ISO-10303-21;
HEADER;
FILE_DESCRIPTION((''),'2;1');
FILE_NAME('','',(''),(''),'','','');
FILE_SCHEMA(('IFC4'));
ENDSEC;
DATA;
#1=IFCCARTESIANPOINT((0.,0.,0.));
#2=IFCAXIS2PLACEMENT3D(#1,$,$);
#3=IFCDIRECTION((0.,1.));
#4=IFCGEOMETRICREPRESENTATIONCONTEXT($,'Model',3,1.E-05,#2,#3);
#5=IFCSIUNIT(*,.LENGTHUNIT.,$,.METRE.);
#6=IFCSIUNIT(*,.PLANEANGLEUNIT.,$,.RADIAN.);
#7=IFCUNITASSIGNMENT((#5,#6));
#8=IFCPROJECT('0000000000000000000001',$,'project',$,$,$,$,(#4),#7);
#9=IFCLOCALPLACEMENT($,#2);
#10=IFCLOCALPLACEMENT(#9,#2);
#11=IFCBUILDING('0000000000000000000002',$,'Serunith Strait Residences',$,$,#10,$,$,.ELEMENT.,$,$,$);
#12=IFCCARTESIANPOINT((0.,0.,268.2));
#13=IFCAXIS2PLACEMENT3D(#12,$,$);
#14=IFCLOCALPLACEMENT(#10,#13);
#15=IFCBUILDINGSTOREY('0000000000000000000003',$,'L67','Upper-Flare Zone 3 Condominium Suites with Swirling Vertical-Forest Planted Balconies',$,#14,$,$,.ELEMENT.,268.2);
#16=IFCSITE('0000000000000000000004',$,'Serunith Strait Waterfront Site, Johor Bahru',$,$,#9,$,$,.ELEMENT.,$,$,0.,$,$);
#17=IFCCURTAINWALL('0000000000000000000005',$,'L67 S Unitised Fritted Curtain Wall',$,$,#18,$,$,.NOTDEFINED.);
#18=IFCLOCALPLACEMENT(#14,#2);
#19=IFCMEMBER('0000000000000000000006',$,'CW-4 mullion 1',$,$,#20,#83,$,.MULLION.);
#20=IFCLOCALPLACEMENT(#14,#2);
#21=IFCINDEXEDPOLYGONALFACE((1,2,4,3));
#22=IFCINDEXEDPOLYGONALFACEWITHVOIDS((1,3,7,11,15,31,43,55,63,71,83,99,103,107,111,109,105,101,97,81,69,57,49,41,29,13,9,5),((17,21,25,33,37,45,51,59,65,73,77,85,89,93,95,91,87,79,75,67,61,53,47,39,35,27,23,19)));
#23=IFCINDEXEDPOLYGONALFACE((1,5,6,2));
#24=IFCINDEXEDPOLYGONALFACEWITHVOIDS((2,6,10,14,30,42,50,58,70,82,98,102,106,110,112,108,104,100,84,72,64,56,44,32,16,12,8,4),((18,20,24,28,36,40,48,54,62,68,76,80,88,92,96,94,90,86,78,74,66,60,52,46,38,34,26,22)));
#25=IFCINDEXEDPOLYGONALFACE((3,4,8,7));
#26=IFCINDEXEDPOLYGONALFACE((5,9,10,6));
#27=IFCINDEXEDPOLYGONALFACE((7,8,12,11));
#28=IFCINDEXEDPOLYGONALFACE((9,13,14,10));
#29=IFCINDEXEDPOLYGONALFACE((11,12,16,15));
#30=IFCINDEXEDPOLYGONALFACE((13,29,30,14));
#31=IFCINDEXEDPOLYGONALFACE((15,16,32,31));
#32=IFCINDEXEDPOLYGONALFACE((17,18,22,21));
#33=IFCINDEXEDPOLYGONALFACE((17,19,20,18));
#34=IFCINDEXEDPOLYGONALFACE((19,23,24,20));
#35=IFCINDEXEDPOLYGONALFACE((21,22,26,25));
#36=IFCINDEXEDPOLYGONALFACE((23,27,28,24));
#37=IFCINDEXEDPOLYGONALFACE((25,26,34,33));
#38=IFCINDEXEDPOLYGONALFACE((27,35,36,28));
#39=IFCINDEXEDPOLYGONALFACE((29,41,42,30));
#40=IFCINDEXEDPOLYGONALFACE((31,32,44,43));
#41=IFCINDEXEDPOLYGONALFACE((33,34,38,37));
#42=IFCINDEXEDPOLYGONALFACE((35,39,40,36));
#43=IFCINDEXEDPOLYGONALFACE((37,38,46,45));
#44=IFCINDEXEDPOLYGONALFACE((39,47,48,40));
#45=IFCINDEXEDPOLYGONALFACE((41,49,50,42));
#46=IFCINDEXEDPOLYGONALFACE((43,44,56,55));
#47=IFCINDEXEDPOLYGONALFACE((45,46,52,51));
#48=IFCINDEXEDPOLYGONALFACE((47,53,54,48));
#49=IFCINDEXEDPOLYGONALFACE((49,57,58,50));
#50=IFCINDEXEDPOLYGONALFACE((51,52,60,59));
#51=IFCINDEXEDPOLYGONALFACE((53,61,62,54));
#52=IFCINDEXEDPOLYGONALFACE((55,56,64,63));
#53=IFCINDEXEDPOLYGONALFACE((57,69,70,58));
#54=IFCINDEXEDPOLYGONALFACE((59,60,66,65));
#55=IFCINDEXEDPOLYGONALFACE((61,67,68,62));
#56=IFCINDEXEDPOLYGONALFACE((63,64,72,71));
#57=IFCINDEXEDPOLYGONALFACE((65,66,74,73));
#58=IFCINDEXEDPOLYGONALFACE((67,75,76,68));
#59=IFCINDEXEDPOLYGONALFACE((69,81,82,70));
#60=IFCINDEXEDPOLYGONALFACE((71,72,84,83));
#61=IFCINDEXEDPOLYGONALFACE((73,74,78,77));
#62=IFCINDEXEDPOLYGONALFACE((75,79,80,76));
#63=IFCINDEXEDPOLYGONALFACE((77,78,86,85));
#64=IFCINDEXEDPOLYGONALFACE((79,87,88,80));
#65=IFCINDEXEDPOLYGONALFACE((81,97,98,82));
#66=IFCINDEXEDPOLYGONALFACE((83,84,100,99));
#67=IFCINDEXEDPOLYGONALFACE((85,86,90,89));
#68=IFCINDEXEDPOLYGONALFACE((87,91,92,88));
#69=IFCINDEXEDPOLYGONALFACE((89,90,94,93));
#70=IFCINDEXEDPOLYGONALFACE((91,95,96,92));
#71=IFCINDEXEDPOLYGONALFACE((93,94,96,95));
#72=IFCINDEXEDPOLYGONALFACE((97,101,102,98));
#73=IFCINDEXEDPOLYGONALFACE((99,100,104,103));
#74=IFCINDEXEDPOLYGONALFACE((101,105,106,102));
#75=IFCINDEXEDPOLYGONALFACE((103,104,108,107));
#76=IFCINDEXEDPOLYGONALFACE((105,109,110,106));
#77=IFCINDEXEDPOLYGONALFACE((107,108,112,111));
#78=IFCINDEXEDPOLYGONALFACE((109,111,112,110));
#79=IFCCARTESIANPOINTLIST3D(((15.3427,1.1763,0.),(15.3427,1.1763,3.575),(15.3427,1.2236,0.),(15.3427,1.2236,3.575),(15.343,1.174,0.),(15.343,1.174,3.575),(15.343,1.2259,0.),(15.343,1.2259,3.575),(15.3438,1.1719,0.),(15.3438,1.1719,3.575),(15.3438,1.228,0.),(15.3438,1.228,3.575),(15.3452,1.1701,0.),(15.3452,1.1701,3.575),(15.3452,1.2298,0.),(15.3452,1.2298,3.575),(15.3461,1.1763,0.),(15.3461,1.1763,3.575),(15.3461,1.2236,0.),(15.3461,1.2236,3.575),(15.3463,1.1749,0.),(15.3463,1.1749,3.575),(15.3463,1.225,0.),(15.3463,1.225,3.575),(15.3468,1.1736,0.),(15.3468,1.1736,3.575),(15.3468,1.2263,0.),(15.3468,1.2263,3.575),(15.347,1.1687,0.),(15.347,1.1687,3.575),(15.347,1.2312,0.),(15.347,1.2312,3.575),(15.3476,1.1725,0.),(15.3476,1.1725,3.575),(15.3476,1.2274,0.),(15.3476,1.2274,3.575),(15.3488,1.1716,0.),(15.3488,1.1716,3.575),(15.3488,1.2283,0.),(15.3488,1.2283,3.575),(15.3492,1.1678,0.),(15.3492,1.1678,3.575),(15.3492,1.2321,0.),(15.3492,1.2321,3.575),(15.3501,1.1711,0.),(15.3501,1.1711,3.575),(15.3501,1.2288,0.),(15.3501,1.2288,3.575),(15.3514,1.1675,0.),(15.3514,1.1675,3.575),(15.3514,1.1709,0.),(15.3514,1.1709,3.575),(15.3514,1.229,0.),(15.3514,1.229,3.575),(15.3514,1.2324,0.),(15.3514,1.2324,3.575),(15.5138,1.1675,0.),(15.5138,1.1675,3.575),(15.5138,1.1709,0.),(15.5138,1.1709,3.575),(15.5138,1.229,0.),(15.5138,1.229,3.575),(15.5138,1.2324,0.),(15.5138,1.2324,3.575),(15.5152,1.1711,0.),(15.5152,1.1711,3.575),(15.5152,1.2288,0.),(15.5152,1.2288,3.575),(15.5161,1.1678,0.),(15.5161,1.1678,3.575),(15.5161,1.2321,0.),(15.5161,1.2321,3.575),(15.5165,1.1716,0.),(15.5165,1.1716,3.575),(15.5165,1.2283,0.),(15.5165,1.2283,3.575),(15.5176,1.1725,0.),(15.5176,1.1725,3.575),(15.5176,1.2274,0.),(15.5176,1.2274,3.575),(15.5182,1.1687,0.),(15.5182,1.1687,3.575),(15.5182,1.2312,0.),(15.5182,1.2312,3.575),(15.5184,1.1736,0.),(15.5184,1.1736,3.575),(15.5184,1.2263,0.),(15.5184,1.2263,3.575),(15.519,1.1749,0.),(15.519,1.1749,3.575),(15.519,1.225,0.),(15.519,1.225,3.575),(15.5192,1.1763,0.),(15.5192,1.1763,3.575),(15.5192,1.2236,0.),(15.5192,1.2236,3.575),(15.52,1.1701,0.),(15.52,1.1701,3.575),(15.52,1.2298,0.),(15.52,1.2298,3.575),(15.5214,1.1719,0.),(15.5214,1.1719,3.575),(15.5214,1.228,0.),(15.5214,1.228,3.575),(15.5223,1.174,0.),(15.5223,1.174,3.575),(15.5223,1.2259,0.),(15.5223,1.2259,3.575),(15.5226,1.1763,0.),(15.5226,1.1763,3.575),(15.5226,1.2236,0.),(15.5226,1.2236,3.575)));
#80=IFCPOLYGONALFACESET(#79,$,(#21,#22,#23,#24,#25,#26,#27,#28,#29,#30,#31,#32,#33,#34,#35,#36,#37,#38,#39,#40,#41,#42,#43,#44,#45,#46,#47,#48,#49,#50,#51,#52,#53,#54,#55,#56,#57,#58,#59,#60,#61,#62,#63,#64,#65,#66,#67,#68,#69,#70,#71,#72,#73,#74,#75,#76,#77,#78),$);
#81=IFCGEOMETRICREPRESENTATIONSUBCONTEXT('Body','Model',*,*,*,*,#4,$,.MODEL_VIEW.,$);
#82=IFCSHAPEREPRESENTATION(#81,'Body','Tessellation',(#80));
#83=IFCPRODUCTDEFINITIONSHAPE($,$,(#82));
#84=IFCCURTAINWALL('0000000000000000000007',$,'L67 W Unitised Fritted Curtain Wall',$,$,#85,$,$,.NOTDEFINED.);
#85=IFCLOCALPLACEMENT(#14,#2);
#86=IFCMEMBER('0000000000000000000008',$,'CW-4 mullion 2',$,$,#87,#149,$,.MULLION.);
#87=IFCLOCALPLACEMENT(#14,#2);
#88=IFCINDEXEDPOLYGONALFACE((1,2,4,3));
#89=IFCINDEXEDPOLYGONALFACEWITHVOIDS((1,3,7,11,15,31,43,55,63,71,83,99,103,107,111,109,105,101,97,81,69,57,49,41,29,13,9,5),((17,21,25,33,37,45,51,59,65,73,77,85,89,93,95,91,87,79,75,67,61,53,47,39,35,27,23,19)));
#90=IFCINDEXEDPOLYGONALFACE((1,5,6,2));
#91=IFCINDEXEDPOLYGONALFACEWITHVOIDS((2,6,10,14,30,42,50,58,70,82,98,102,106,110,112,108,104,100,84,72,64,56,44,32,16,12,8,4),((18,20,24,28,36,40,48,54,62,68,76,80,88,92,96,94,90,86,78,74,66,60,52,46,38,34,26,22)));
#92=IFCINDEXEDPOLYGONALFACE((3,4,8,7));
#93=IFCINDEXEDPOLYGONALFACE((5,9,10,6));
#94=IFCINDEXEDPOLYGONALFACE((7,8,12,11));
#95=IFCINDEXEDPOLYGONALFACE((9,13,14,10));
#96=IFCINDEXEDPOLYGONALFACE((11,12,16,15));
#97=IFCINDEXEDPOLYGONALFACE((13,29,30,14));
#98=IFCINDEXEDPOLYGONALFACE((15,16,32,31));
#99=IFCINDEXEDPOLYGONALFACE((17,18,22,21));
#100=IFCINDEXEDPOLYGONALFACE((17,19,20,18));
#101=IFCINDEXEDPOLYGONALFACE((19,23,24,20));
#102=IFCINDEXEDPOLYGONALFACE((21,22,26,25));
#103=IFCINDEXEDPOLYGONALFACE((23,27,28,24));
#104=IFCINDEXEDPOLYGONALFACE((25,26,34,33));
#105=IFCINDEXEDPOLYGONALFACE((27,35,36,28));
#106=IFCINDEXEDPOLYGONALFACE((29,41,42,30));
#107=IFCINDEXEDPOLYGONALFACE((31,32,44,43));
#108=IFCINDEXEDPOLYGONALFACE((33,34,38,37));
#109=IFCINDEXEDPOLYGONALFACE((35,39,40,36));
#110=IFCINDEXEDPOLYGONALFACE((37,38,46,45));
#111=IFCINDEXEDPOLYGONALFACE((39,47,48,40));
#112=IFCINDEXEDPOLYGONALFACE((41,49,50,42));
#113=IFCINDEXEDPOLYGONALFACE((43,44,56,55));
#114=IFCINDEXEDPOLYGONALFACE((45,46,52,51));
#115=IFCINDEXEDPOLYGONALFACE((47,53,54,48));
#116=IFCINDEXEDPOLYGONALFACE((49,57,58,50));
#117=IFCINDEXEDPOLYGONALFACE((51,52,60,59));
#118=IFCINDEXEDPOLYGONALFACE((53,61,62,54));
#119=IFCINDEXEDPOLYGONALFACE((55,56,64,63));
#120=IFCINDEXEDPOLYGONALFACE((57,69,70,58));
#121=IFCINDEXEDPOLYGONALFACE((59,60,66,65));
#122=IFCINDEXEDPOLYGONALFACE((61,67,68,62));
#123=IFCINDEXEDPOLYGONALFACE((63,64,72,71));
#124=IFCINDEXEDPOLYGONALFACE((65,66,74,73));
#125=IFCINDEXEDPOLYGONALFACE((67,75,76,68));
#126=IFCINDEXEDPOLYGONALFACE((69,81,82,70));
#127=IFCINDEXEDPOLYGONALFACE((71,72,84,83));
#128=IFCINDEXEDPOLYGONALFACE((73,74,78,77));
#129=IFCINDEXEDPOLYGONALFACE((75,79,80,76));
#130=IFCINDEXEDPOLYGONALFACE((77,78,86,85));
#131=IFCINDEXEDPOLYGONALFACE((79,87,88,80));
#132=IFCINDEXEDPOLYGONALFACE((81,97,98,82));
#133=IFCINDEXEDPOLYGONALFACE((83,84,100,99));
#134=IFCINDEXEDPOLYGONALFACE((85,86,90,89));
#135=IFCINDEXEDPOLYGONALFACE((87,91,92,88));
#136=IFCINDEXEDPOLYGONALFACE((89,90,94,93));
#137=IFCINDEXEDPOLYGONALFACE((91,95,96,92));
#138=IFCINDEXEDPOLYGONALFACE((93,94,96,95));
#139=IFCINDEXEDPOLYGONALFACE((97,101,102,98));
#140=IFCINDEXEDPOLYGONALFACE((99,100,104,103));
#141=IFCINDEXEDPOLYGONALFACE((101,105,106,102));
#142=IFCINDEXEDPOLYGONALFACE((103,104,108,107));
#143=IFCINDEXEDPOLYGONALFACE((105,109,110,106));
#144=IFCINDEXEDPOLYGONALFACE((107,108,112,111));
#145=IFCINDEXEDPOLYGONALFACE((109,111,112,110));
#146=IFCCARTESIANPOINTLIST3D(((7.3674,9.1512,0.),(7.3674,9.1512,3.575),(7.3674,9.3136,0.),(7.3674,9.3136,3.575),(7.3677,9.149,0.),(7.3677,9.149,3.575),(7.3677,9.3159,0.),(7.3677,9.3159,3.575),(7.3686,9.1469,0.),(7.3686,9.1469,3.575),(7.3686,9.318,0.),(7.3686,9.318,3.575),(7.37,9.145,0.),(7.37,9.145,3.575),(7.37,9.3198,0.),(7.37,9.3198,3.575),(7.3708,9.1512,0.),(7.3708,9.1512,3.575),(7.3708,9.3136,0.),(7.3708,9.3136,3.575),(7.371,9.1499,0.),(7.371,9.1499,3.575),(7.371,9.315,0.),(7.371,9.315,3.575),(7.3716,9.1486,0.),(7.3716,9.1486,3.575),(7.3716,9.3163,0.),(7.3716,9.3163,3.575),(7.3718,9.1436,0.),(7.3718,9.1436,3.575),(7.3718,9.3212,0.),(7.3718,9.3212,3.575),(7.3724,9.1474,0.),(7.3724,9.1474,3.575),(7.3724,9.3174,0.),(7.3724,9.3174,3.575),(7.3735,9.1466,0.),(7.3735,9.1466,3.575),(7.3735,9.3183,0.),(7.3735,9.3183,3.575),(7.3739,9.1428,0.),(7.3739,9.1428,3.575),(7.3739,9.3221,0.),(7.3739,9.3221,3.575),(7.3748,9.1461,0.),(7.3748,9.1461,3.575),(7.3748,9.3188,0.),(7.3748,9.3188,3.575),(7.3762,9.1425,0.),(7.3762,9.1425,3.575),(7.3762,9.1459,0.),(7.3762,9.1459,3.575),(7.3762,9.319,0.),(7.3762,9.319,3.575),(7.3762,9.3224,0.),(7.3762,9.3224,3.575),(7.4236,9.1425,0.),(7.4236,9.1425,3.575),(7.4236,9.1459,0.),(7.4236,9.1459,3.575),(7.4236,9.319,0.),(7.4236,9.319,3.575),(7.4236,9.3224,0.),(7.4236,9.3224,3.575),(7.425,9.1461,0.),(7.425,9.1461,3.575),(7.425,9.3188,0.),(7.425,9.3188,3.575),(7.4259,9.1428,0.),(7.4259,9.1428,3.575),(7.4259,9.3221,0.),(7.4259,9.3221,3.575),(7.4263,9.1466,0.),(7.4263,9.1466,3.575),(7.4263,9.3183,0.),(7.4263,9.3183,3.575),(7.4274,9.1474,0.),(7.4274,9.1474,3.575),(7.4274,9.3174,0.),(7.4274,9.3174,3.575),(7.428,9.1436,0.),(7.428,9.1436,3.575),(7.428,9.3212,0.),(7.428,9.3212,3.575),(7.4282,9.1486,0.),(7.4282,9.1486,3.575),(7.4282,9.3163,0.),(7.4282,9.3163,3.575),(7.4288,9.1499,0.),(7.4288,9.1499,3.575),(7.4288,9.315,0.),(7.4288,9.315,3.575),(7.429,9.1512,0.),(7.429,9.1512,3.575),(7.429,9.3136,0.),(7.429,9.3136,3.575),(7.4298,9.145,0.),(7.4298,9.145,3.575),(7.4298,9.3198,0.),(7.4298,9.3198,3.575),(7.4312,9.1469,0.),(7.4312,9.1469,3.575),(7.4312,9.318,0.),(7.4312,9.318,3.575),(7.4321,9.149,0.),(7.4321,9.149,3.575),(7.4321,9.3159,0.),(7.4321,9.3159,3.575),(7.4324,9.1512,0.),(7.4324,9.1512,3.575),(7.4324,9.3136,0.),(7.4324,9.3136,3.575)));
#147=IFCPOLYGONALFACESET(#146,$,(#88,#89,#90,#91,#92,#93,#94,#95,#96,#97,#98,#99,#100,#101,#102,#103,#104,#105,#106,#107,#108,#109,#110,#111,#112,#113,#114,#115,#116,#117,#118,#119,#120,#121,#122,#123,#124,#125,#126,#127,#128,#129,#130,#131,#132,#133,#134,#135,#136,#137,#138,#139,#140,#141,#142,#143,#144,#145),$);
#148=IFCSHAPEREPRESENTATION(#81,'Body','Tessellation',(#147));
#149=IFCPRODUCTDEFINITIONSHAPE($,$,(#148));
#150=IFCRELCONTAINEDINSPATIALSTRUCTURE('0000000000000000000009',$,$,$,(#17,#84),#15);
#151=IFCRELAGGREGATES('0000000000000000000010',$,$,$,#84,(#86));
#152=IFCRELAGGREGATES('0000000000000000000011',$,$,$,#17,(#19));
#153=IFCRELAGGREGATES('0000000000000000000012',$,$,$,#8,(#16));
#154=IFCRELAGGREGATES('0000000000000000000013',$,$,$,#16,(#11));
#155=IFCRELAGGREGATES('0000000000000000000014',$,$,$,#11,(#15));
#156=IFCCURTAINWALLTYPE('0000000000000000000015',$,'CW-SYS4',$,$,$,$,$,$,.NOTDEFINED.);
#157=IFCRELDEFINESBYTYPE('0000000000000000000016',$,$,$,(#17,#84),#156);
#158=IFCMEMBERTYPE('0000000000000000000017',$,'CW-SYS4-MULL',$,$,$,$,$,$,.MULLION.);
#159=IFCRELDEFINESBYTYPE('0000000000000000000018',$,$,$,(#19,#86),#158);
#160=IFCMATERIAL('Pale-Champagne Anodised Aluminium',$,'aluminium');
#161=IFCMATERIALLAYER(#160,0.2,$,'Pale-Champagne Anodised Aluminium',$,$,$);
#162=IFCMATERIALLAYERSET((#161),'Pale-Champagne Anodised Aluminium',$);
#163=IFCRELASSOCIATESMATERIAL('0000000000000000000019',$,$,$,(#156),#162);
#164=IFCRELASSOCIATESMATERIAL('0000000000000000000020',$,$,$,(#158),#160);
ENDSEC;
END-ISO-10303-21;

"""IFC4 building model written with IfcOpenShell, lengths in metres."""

from ifc_helpers import new_model, si_unit, direction, frame, origin, origin_2d, place, context, subcontext, project, spatial, hollow_rectangle, extrude, source, transform, mapped, material, layer, layer_set, material_profile, profile_set, type_object, element, aggregate, save


model = new_model("IFC4")

# Units and contexts
model_context = context("Model", 3, precision=1e-05, world=origin(), true_north=direction((0.0, 1.0)))
body_context = subcontext(model_context, "Body", "Model", "MODEL_VIEW")
ifc_project = project(units=[si_unit("LENGTHUNIT", "METRE"), si_unit("PLANEANGLEUNIT", "RADIAN")], contexts=[model_context])

# Site, building, storey
site_placement = place(None, origin())
site = spatial("IfcSite", under=ifc_project, at=site_placement, Name="Serunith Strait Waterfront Site, Johor Bahru", CompositionType="ELEMENT", RefElevation=0.0)
building_placement = place(site_placement, origin())
building = spatial("IfcBuilding", under=site, at=building_placement, Name="Serunith Strait Residences", CompositionType="ELEMENT")
storey_placement = place(building_placement, frame((0.0, 0.0, 268.2)))
storey = spatial("IfcBuildingStorey", under=building, at=storey_placement, Name="L67", Description="Upper-Flare Zone 3 Condominium Suites with Swirling Vertical-Forest Planted Balconies", CompositionType="ELEMENT", Elevation=268.2)

# Curtain walls, members
ifc_material_1 = material(Name="Pale-Champagne Anodised Aluminium", Category="aluminium")
ifc_layer_1 = layer(ifc_material_1, 0.2, Name="Pale-Champagne Anodised Aluminium")
ifc_layer_set_1 = layer_set([ifc_layer_1], Name="Pale-Champagne Anodised Aluminium")
curtain_wall_type = type_object("IfcCurtainWallType", Name="CW-SYS4", PredefinedType="NOTDEFINED", material=ifc_layer_set_1)
curtain_wall_1_placement = place(storey_placement, origin())
curtain_wall_1 = element("IfcCurtainWall", 1, at=curtain_wall_1_placement, inside=storey, type_object=curtain_wall_type, Name="L67 S Unitised Fritted Curtain Wall", PredefinedType="NOTDEFINED")
ifc_material_profile_1 = material_profile(ifc_material_1, hollow_rectangle(XDim=0.0649, YDim=0.1799, WallThickness=0.0034, InnerFilletRadius=0.0054, OuterFilletRadius=0.0088, at=origin_2d()), Name="ALU 180x65x3.5")
ifc_profile_set_1 = profile_set([ifc_material_profile_1], Name="Pale-Champagne Anodised Aluminium")
member_type_1 = type_object("IfcMemberType", Name="CW-SYS4-MULL", PredefinedType="MULLION", material=ifc_profile_set_1)
shared_shape_1 = source(origin(), body_context, "Body", "SweptSolid", [
    extrude(hollow_rectangle(XDim=0.0649, YDim=0.1799, WallThickness=0.0034, InnerFilletRadius=0.0054, OuterFilletRadius=0.0088, at=origin_2d()), origin(), (0.0, 0.0, 1.0), 3.575),
])
member_1_placement = place(storey_placement, frame((15.4326, 1.2, 0.0), z_axis=(0.0, 0.0, 1.0), x_axis=(0.0, 1.0, 0.0)))
member_1 = element("IfcMember", 2, at=member_1_placement, type_object=member_type_1, Name="CW-4 mullion 1", PredefinedType="MULLION", context=body_context, shape_type="MappedRepresentation", body=[
    mapped(shared_shape_1, transform((0.0, 0.0, 0.0), scale=1.0)),
])
curtain_wall_2_placement = place(storey_placement, origin())
curtain_wall_2 = element("IfcCurtainWall", 3, at=curtain_wall_2_placement, inside=storey, type_object=curtain_wall_type, Name="L67 W Unitised Fritted Curtain Wall", PredefinedType="NOTDEFINED")
member_2_placement = place(storey_placement, frame((7.3999, 9.2324, 0.0), z_axis=(0.0, 0.0, 1.0), x_axis=(1.0, 0.0, 0.0)))
member_2 = element("IfcMember", 4, at=member_2_placement, type_object=member_type_1, Name="CW-4 mullion 2", PredefinedType="MULLION", context=body_context, shape_type="MappedRepresentation", body=[
    mapped(shared_shape_1, transform((0.0, 0.0, 0.0), scale=1.0)),
])
aggregate(curtain_wall_2, [member_2])

aggregate(curtain_wall_1, [member_1])

save(model, "model.ifc")
